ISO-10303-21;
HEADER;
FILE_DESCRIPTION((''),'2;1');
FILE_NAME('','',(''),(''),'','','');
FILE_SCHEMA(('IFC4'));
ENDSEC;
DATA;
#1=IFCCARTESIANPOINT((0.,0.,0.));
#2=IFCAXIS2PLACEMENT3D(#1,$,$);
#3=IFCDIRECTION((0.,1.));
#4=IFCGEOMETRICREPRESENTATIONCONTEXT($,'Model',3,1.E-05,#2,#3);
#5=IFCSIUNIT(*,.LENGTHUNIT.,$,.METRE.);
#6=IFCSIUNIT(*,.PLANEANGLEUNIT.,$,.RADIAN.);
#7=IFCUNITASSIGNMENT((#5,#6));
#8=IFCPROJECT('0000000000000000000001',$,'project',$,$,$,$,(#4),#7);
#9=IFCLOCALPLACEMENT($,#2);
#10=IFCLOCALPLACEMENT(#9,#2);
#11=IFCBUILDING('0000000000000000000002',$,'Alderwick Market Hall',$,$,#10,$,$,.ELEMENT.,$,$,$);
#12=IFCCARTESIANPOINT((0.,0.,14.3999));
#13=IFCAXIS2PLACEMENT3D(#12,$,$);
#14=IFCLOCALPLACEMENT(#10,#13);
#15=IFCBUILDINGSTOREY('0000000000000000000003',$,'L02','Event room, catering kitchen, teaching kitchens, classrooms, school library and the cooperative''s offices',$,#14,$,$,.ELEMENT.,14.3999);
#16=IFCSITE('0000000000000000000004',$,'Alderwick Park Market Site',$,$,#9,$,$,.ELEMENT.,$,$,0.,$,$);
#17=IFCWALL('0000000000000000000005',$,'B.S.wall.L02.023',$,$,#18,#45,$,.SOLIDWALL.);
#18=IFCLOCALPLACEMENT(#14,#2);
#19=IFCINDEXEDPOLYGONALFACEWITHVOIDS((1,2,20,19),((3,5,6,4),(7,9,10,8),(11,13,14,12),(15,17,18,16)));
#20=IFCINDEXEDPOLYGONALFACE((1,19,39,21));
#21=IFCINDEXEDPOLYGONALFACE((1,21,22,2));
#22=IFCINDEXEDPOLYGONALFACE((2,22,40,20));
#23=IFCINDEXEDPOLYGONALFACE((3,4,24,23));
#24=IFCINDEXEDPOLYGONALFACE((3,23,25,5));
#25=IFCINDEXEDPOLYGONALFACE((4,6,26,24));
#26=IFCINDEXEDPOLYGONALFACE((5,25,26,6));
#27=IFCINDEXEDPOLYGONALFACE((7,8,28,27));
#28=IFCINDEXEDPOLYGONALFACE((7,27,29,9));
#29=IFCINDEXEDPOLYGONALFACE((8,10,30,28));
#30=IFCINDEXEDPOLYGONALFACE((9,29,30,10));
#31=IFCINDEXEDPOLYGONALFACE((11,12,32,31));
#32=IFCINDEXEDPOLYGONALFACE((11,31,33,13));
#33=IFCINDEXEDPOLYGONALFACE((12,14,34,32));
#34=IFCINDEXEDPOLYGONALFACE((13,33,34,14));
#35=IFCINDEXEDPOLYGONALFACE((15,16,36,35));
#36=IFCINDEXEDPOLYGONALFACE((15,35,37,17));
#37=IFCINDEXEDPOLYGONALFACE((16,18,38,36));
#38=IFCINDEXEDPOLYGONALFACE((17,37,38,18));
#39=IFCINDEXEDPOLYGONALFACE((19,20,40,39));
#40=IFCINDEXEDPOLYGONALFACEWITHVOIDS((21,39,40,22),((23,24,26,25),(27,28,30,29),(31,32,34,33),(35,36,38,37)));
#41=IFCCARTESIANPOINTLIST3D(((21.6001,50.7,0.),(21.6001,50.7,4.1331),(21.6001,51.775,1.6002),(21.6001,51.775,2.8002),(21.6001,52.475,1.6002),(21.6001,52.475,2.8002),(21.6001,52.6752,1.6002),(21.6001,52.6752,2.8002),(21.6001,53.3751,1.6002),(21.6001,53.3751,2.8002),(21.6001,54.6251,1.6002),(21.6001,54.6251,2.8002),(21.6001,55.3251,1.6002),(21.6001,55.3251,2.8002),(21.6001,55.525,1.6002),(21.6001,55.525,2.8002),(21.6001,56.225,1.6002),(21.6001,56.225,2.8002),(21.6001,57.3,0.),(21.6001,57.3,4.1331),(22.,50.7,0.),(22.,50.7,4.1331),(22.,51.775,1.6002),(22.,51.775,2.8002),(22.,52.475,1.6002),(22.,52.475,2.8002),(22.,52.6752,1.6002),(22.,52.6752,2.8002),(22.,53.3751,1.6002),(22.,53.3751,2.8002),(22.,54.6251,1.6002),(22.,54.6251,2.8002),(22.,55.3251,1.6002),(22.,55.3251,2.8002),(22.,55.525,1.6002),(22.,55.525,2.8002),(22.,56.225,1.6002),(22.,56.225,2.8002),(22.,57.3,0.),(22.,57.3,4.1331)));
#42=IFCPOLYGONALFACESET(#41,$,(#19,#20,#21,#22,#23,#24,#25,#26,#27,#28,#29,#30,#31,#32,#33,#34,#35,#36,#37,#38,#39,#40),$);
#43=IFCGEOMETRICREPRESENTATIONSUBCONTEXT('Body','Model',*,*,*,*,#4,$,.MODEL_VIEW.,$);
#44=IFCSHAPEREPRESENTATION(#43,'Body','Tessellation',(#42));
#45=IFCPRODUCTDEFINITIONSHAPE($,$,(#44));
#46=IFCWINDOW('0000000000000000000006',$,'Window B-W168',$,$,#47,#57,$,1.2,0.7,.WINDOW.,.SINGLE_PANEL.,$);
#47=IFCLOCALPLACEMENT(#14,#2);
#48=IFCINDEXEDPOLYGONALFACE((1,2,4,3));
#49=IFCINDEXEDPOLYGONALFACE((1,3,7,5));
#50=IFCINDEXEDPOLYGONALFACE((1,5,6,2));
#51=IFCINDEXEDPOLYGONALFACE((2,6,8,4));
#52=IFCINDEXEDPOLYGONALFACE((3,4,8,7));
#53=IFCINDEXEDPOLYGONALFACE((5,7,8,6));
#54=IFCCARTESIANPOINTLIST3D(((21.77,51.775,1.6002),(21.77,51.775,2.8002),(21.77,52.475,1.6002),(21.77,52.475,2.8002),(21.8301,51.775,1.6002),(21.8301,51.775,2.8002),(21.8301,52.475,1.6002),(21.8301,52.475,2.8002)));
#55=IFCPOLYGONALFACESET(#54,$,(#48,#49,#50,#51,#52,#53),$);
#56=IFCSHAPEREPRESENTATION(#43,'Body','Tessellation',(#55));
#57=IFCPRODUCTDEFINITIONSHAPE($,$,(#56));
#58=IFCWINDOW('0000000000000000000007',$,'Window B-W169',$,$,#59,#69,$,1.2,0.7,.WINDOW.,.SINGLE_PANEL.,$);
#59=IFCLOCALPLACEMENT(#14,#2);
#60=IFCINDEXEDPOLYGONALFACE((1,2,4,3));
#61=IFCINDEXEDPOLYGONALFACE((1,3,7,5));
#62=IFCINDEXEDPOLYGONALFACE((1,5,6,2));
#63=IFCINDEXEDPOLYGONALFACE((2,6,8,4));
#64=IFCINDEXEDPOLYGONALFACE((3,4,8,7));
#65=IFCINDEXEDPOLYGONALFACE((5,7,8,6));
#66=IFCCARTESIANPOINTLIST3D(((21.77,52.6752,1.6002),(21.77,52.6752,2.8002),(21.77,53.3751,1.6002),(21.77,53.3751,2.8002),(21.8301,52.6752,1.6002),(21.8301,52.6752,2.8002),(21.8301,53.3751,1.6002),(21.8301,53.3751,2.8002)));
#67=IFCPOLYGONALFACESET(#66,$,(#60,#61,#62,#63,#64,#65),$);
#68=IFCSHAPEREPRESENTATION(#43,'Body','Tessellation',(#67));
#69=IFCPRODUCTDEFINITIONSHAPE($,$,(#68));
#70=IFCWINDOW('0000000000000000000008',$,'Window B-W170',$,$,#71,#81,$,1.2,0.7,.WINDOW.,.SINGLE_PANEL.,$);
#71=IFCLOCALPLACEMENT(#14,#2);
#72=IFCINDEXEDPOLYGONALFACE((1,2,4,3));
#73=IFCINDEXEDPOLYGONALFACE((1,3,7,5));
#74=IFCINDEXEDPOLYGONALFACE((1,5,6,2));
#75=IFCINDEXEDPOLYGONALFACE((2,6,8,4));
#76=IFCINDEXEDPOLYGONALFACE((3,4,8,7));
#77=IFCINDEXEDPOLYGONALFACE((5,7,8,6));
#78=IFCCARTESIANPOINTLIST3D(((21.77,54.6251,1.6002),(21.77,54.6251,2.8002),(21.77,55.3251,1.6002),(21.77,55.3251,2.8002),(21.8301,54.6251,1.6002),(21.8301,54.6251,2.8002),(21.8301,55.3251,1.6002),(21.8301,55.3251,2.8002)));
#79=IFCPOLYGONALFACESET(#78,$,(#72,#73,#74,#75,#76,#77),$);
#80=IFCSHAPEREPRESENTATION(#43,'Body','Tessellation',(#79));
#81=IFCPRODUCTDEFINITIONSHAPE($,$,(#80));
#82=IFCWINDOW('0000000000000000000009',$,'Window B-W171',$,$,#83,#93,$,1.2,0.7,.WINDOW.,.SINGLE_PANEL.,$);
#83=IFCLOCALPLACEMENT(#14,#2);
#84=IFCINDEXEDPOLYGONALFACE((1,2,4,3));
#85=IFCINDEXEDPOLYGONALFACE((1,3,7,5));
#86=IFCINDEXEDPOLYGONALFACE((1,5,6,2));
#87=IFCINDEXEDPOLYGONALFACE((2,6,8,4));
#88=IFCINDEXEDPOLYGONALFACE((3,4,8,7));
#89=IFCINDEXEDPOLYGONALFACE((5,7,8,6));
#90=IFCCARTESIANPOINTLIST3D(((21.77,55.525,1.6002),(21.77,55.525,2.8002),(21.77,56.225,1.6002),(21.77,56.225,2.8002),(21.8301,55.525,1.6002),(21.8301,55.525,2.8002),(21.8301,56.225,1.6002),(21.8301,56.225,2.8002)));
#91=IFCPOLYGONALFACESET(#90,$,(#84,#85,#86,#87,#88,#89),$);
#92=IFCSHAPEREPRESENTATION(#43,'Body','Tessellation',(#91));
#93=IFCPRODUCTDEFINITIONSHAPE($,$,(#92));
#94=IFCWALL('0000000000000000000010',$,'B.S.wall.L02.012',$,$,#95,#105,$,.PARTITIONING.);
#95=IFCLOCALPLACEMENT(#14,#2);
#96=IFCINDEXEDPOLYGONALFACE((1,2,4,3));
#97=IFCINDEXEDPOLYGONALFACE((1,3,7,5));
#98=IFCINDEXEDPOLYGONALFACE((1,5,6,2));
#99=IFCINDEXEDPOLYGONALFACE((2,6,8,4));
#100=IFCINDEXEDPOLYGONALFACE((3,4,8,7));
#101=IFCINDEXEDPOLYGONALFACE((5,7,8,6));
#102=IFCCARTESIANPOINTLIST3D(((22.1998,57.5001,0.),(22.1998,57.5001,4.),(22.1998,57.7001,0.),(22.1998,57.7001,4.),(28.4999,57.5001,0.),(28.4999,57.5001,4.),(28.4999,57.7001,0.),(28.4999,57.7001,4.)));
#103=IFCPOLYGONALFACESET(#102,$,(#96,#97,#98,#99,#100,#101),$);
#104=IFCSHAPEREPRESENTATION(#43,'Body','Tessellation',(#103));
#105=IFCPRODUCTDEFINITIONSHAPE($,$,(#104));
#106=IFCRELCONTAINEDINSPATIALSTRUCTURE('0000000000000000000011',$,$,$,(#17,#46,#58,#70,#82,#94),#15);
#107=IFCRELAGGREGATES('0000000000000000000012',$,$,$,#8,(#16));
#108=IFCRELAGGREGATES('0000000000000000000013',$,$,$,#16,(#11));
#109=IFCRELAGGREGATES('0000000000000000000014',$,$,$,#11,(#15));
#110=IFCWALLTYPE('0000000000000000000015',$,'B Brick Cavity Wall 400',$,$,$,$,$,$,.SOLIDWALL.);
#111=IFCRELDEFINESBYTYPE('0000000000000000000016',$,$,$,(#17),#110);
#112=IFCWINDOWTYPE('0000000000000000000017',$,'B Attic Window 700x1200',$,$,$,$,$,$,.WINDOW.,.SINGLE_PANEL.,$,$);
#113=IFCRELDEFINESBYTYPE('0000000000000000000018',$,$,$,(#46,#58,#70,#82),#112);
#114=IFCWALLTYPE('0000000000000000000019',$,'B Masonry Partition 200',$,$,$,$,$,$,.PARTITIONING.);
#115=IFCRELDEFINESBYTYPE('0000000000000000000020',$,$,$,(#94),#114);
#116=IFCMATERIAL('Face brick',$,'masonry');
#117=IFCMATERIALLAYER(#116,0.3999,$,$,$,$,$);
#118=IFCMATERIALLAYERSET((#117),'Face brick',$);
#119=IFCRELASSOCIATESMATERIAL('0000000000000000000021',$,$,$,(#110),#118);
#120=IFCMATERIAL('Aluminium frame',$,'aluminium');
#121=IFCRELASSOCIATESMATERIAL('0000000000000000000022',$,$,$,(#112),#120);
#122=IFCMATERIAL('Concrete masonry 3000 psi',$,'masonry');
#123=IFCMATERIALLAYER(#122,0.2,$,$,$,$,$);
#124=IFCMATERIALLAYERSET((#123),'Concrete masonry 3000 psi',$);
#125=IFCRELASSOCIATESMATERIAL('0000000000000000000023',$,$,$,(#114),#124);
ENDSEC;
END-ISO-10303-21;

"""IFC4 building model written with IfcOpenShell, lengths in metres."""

from ifc_helpers import new_model, si_unit, direction, frame, frame_2d, origin, place, context, subcontext, project, spatial, rectangle, extrude, material, layer, layer_set, type_object, element, fill, save


model = new_model("IFC4")

# Units and contexts
model_context = context("Model", 3, precision=1e-05, world=origin(), true_north=direction((0.0, 1.0)))
body_context = subcontext(model_context, "Body", "Model", "MODEL_VIEW")
ifc_project = project(units=[si_unit("LENGTHUNIT", "METRE"), si_unit("PLANEANGLEUNIT", "RADIAN")], contexts=[model_context])

# Site, building, storey
site_placement = place(None, origin())
site = spatial("IfcSite", under=ifc_project, at=site_placement, Name="Alderwick Park Market Site", CompositionType="ELEMENT", RefElevation=0.0)
building_placement = place(site_placement, origin())
building = spatial("IfcBuilding", under=site, at=building_placement, Name="Alderwick Market Hall", CompositionType="ELEMENT")
storey_placement = place(building_placement, frame((0.0, 0.0, 14.3999)))
storey = spatial("IfcBuildingStorey", under=building, at=storey_placement, Name="L02", Description="Event room, catering kitchen, teaching kitchens, classrooms, school library and the cooperative's offices", CompositionType="ELEMENT", Elevation=14.3999)

# Wall, openings, windows
ifc_material_1 = material(Name="Face brick", Category="masonry")
ifc_layer_1 = layer(ifc_material_1, 0.3999)
ifc_layer_set_1 = layer_set([ifc_layer_1], Name="Face brick")
wall_type_1 = type_object("IfcWallType", Name="B Brick Cavity Wall 400", PredefinedType="SOLIDWALL", material=ifc_layer_set_1)
wall_1_placement = place(storey_placement, frame((21.8, 50.7, 0.0), z_axis=(0.0, 0.0, 1.0), x_axis=(0.0, 1.0, 0.0)))
wall_1 = element("IfcWall", 1, at=wall_1_placement, inside=storey, type_object=wall_type_1, Name="B.S.wall.L02.023", PredefinedType="SOLIDWALL", context=body_context, shape_type="SweptSolid", body=[
    extrude(rectangle(XDim=6.6001, YDim=0.3999, at=frame_2d((3.3, 0.0))), origin(), (0.0, 0.0, 1.0), 4.1331),
])
opening_1_placement = place(wall_1_placement, frame((1.075, 0.0, 1.6001)))
opening_1 = element("IfcOpeningElement", 2, at=opening_1_placement, cuts=wall_1, PredefinedType="OPENING", context=body_context, shape_type="SweptSolid", body=[
    extrude(rectangle(XDim=0.7, YDim=1.2, at=frame_2d((0.3501, 0.6001))), frame((0.0, 0.21, 0.0), z_axis=(0.0, -1.0, 0.0), x_axis=(1.0, 0.0, 0.0)), (0.0, 0.0, 1.0), 0.4199),
])
opening_2_placement = place(wall_1_placement, frame((1.9751, 0.0, 1.6001)))
opening_2 = element("IfcOpeningElement", 3, at=opening_2_placement, cuts=wall_1, PredefinedType="OPENING", context=body_context, shape_type="SweptSolid", body=[
    extrude(rectangle(XDim=0.7, YDim=1.2, at=frame_2d((0.3501, 0.6001))), frame((0.0, 0.21, 0.0), z_axis=(0.0, -1.0, 0.0), x_axis=(1.0, 0.0, 0.0)), (0.0, 0.0, 1.0), 0.4199),
])
opening_3_placement = place(wall_1_placement, frame((3.925, 0.0, 1.6001)))
opening_3 = element("IfcOpeningElement", 4, at=opening_3_placement, cuts=wall_1, PredefinedType="OPENING", context=body_context, shape_type="SweptSolid", body=[
    extrude(rectangle(XDim=0.7, YDim=1.2, at=frame_2d((0.3501, 0.6001))), frame((0.0, 0.21, 0.0), z_axis=(0.0, -1.0, 0.0), x_axis=(1.0, 0.0, 0.0)), (0.0, 0.0, 1.0), 0.4199),
])
opening_4_placement = place(wall_1_placement, frame((4.825, 0.0, 1.6001)))
opening_4 = element("IfcOpeningElement", 5, at=opening_4_placement, cuts=wall_1, PredefinedType="OPENING", context=body_context, shape_type="SweptSolid", body=[
    extrude(rectangle(XDim=0.7, YDim=1.2, at=frame_2d((0.3501, 0.6001))), frame((0.0, 0.21, 0.0), z_axis=(0.0, -1.0, 0.0), x_axis=(1.0, 0.0, 0.0)), (0.0, 0.0, 1.0), 0.4199),
])
ifc_material_2 = material(Name="Aluminium frame", Category="aluminium")
window_type = type_object("IfcWindowType", Name="B Attic Window 700x1200", PartitioningType="SINGLE_PANEL", PredefinedType="WINDOW", material=ifc_material_2)
window_1_placement = place(opening_1_placement, origin())
window_1 = element("IfcWindow", 6, at=window_1_placement, inside=storey, type_object=window_type, Name="Window B-W168", OverallHeight=1.2, OverallWidth=0.7, PartitioningType="SINGLE_PANEL", PredefinedType="WINDOW", context=body_context, shape_type="SweptSolid", body=[
    extrude(rectangle(XDim=0.7, YDim=1.2, at=frame_2d((0.3501, 0.6001))), frame((0.0, 0.03, 0.0), z_axis=(0.0, -1.0, 0.0), x_axis=(1.0, 0.0, 0.0)), (0.0, 0.0, 1.0), 0.0601),
])
fill(opening_1, window_1)
window_2_placement = place(opening_2_placement, origin())
window_2 = element("IfcWindow", 7, at=window_2_placement, inside=storey, type_object=window_type, Name="Window B-W169", OverallHeight=1.2, OverallWidth=0.7, PartitioningType="SINGLE_PANEL", PredefinedType="WINDOW", context=body_context, shape_type="SweptSolid", body=[
    extrude(rectangle(XDim=0.7, YDim=1.2, at=frame_2d((0.3501, 0.6001))), frame((0.0, 0.03, 0.0), z_axis=(0.0, -1.0, 0.0), x_axis=(1.0, 0.0, 0.0)), (0.0, 0.0, 1.0), 0.0601),
])
fill(opening_2, window_2)
window_3_placement = place(opening_3_placement, origin())
window_3 = element("IfcWindow", 8, at=window_3_placement, inside=storey, type_object=window_type, Name="Window B-W170", OverallHeight=1.2, OverallWidth=0.7, PartitioningType="SINGLE_PANEL", PredefinedType="WINDOW", context=body_context, shape_type="SweptSolid", body=[
    extrude(rectangle(XDim=0.7, YDim=1.2, at=frame_2d((0.3501, 0.6001))), frame((0.0, 0.03, 0.0), z_axis=(0.0, -1.0, 0.0), x_axis=(1.0, 0.0, 0.0)), (0.0, 0.0, 1.0), 0.0601),
])
fill(opening_3, window_3)
window_4_placement = place(opening_4_placement, origin())
window_4 = element("IfcWindow", 9, at=window_4_placement, inside=storey, type_object=window_type, Name="Window B-W171", OverallHeight=1.2, OverallWidth=0.7, PartitioningType="SINGLE_PANEL", PredefinedType="WINDOW", context=body_context, shape_type="SweptSolid", body=[
    extrude(rectangle(XDim=0.7, YDim=1.2, at=frame_2d((0.3501, 0.6001))), frame((0.0, 0.03, 0.0), z_axis=(0.0, -1.0, 0.0), x_axis=(1.0, 0.0, 0.0)), (0.0, 0.0, 1.0), 0.0601),
])
fill(opening_4, window_4)

# Wall
ifc_material_3 = material(Name="Concrete masonry 3000 psi", Category="masonry")
ifc_layer_2 = layer(ifc_material_3, 0.2)
ifc_layer_set_2 = layer_set([ifc_layer_2], Name="Concrete masonry 3000 psi")
wall_type_2 = type_object("IfcWallType", Name="B Masonry Partition 200", PredefinedType="PARTITIONING", material=ifc_layer_set_2)
wall_2_placement = place(storey_placement, frame((22.2, 57.6001, 0.0), z_axis=(0.0, 0.0, 1.0), x_axis=(1.0, 0.0, 0.0)))
element("IfcWall", 10, at=wall_2_placement, inside=storey, type_object=wall_type_2, Name="B.S.wall.L02.012", PredefinedType="PARTITIONING", context=body_context, shape_type="SweptSolid", body=[
    extrude(rectangle(XDim=6.3, YDim=0.2, at=frame_2d((3.1499, 0.0))), origin(), (0.0, 0.0, 1.0), 4.0),
])

save(model, "model.ifc")
